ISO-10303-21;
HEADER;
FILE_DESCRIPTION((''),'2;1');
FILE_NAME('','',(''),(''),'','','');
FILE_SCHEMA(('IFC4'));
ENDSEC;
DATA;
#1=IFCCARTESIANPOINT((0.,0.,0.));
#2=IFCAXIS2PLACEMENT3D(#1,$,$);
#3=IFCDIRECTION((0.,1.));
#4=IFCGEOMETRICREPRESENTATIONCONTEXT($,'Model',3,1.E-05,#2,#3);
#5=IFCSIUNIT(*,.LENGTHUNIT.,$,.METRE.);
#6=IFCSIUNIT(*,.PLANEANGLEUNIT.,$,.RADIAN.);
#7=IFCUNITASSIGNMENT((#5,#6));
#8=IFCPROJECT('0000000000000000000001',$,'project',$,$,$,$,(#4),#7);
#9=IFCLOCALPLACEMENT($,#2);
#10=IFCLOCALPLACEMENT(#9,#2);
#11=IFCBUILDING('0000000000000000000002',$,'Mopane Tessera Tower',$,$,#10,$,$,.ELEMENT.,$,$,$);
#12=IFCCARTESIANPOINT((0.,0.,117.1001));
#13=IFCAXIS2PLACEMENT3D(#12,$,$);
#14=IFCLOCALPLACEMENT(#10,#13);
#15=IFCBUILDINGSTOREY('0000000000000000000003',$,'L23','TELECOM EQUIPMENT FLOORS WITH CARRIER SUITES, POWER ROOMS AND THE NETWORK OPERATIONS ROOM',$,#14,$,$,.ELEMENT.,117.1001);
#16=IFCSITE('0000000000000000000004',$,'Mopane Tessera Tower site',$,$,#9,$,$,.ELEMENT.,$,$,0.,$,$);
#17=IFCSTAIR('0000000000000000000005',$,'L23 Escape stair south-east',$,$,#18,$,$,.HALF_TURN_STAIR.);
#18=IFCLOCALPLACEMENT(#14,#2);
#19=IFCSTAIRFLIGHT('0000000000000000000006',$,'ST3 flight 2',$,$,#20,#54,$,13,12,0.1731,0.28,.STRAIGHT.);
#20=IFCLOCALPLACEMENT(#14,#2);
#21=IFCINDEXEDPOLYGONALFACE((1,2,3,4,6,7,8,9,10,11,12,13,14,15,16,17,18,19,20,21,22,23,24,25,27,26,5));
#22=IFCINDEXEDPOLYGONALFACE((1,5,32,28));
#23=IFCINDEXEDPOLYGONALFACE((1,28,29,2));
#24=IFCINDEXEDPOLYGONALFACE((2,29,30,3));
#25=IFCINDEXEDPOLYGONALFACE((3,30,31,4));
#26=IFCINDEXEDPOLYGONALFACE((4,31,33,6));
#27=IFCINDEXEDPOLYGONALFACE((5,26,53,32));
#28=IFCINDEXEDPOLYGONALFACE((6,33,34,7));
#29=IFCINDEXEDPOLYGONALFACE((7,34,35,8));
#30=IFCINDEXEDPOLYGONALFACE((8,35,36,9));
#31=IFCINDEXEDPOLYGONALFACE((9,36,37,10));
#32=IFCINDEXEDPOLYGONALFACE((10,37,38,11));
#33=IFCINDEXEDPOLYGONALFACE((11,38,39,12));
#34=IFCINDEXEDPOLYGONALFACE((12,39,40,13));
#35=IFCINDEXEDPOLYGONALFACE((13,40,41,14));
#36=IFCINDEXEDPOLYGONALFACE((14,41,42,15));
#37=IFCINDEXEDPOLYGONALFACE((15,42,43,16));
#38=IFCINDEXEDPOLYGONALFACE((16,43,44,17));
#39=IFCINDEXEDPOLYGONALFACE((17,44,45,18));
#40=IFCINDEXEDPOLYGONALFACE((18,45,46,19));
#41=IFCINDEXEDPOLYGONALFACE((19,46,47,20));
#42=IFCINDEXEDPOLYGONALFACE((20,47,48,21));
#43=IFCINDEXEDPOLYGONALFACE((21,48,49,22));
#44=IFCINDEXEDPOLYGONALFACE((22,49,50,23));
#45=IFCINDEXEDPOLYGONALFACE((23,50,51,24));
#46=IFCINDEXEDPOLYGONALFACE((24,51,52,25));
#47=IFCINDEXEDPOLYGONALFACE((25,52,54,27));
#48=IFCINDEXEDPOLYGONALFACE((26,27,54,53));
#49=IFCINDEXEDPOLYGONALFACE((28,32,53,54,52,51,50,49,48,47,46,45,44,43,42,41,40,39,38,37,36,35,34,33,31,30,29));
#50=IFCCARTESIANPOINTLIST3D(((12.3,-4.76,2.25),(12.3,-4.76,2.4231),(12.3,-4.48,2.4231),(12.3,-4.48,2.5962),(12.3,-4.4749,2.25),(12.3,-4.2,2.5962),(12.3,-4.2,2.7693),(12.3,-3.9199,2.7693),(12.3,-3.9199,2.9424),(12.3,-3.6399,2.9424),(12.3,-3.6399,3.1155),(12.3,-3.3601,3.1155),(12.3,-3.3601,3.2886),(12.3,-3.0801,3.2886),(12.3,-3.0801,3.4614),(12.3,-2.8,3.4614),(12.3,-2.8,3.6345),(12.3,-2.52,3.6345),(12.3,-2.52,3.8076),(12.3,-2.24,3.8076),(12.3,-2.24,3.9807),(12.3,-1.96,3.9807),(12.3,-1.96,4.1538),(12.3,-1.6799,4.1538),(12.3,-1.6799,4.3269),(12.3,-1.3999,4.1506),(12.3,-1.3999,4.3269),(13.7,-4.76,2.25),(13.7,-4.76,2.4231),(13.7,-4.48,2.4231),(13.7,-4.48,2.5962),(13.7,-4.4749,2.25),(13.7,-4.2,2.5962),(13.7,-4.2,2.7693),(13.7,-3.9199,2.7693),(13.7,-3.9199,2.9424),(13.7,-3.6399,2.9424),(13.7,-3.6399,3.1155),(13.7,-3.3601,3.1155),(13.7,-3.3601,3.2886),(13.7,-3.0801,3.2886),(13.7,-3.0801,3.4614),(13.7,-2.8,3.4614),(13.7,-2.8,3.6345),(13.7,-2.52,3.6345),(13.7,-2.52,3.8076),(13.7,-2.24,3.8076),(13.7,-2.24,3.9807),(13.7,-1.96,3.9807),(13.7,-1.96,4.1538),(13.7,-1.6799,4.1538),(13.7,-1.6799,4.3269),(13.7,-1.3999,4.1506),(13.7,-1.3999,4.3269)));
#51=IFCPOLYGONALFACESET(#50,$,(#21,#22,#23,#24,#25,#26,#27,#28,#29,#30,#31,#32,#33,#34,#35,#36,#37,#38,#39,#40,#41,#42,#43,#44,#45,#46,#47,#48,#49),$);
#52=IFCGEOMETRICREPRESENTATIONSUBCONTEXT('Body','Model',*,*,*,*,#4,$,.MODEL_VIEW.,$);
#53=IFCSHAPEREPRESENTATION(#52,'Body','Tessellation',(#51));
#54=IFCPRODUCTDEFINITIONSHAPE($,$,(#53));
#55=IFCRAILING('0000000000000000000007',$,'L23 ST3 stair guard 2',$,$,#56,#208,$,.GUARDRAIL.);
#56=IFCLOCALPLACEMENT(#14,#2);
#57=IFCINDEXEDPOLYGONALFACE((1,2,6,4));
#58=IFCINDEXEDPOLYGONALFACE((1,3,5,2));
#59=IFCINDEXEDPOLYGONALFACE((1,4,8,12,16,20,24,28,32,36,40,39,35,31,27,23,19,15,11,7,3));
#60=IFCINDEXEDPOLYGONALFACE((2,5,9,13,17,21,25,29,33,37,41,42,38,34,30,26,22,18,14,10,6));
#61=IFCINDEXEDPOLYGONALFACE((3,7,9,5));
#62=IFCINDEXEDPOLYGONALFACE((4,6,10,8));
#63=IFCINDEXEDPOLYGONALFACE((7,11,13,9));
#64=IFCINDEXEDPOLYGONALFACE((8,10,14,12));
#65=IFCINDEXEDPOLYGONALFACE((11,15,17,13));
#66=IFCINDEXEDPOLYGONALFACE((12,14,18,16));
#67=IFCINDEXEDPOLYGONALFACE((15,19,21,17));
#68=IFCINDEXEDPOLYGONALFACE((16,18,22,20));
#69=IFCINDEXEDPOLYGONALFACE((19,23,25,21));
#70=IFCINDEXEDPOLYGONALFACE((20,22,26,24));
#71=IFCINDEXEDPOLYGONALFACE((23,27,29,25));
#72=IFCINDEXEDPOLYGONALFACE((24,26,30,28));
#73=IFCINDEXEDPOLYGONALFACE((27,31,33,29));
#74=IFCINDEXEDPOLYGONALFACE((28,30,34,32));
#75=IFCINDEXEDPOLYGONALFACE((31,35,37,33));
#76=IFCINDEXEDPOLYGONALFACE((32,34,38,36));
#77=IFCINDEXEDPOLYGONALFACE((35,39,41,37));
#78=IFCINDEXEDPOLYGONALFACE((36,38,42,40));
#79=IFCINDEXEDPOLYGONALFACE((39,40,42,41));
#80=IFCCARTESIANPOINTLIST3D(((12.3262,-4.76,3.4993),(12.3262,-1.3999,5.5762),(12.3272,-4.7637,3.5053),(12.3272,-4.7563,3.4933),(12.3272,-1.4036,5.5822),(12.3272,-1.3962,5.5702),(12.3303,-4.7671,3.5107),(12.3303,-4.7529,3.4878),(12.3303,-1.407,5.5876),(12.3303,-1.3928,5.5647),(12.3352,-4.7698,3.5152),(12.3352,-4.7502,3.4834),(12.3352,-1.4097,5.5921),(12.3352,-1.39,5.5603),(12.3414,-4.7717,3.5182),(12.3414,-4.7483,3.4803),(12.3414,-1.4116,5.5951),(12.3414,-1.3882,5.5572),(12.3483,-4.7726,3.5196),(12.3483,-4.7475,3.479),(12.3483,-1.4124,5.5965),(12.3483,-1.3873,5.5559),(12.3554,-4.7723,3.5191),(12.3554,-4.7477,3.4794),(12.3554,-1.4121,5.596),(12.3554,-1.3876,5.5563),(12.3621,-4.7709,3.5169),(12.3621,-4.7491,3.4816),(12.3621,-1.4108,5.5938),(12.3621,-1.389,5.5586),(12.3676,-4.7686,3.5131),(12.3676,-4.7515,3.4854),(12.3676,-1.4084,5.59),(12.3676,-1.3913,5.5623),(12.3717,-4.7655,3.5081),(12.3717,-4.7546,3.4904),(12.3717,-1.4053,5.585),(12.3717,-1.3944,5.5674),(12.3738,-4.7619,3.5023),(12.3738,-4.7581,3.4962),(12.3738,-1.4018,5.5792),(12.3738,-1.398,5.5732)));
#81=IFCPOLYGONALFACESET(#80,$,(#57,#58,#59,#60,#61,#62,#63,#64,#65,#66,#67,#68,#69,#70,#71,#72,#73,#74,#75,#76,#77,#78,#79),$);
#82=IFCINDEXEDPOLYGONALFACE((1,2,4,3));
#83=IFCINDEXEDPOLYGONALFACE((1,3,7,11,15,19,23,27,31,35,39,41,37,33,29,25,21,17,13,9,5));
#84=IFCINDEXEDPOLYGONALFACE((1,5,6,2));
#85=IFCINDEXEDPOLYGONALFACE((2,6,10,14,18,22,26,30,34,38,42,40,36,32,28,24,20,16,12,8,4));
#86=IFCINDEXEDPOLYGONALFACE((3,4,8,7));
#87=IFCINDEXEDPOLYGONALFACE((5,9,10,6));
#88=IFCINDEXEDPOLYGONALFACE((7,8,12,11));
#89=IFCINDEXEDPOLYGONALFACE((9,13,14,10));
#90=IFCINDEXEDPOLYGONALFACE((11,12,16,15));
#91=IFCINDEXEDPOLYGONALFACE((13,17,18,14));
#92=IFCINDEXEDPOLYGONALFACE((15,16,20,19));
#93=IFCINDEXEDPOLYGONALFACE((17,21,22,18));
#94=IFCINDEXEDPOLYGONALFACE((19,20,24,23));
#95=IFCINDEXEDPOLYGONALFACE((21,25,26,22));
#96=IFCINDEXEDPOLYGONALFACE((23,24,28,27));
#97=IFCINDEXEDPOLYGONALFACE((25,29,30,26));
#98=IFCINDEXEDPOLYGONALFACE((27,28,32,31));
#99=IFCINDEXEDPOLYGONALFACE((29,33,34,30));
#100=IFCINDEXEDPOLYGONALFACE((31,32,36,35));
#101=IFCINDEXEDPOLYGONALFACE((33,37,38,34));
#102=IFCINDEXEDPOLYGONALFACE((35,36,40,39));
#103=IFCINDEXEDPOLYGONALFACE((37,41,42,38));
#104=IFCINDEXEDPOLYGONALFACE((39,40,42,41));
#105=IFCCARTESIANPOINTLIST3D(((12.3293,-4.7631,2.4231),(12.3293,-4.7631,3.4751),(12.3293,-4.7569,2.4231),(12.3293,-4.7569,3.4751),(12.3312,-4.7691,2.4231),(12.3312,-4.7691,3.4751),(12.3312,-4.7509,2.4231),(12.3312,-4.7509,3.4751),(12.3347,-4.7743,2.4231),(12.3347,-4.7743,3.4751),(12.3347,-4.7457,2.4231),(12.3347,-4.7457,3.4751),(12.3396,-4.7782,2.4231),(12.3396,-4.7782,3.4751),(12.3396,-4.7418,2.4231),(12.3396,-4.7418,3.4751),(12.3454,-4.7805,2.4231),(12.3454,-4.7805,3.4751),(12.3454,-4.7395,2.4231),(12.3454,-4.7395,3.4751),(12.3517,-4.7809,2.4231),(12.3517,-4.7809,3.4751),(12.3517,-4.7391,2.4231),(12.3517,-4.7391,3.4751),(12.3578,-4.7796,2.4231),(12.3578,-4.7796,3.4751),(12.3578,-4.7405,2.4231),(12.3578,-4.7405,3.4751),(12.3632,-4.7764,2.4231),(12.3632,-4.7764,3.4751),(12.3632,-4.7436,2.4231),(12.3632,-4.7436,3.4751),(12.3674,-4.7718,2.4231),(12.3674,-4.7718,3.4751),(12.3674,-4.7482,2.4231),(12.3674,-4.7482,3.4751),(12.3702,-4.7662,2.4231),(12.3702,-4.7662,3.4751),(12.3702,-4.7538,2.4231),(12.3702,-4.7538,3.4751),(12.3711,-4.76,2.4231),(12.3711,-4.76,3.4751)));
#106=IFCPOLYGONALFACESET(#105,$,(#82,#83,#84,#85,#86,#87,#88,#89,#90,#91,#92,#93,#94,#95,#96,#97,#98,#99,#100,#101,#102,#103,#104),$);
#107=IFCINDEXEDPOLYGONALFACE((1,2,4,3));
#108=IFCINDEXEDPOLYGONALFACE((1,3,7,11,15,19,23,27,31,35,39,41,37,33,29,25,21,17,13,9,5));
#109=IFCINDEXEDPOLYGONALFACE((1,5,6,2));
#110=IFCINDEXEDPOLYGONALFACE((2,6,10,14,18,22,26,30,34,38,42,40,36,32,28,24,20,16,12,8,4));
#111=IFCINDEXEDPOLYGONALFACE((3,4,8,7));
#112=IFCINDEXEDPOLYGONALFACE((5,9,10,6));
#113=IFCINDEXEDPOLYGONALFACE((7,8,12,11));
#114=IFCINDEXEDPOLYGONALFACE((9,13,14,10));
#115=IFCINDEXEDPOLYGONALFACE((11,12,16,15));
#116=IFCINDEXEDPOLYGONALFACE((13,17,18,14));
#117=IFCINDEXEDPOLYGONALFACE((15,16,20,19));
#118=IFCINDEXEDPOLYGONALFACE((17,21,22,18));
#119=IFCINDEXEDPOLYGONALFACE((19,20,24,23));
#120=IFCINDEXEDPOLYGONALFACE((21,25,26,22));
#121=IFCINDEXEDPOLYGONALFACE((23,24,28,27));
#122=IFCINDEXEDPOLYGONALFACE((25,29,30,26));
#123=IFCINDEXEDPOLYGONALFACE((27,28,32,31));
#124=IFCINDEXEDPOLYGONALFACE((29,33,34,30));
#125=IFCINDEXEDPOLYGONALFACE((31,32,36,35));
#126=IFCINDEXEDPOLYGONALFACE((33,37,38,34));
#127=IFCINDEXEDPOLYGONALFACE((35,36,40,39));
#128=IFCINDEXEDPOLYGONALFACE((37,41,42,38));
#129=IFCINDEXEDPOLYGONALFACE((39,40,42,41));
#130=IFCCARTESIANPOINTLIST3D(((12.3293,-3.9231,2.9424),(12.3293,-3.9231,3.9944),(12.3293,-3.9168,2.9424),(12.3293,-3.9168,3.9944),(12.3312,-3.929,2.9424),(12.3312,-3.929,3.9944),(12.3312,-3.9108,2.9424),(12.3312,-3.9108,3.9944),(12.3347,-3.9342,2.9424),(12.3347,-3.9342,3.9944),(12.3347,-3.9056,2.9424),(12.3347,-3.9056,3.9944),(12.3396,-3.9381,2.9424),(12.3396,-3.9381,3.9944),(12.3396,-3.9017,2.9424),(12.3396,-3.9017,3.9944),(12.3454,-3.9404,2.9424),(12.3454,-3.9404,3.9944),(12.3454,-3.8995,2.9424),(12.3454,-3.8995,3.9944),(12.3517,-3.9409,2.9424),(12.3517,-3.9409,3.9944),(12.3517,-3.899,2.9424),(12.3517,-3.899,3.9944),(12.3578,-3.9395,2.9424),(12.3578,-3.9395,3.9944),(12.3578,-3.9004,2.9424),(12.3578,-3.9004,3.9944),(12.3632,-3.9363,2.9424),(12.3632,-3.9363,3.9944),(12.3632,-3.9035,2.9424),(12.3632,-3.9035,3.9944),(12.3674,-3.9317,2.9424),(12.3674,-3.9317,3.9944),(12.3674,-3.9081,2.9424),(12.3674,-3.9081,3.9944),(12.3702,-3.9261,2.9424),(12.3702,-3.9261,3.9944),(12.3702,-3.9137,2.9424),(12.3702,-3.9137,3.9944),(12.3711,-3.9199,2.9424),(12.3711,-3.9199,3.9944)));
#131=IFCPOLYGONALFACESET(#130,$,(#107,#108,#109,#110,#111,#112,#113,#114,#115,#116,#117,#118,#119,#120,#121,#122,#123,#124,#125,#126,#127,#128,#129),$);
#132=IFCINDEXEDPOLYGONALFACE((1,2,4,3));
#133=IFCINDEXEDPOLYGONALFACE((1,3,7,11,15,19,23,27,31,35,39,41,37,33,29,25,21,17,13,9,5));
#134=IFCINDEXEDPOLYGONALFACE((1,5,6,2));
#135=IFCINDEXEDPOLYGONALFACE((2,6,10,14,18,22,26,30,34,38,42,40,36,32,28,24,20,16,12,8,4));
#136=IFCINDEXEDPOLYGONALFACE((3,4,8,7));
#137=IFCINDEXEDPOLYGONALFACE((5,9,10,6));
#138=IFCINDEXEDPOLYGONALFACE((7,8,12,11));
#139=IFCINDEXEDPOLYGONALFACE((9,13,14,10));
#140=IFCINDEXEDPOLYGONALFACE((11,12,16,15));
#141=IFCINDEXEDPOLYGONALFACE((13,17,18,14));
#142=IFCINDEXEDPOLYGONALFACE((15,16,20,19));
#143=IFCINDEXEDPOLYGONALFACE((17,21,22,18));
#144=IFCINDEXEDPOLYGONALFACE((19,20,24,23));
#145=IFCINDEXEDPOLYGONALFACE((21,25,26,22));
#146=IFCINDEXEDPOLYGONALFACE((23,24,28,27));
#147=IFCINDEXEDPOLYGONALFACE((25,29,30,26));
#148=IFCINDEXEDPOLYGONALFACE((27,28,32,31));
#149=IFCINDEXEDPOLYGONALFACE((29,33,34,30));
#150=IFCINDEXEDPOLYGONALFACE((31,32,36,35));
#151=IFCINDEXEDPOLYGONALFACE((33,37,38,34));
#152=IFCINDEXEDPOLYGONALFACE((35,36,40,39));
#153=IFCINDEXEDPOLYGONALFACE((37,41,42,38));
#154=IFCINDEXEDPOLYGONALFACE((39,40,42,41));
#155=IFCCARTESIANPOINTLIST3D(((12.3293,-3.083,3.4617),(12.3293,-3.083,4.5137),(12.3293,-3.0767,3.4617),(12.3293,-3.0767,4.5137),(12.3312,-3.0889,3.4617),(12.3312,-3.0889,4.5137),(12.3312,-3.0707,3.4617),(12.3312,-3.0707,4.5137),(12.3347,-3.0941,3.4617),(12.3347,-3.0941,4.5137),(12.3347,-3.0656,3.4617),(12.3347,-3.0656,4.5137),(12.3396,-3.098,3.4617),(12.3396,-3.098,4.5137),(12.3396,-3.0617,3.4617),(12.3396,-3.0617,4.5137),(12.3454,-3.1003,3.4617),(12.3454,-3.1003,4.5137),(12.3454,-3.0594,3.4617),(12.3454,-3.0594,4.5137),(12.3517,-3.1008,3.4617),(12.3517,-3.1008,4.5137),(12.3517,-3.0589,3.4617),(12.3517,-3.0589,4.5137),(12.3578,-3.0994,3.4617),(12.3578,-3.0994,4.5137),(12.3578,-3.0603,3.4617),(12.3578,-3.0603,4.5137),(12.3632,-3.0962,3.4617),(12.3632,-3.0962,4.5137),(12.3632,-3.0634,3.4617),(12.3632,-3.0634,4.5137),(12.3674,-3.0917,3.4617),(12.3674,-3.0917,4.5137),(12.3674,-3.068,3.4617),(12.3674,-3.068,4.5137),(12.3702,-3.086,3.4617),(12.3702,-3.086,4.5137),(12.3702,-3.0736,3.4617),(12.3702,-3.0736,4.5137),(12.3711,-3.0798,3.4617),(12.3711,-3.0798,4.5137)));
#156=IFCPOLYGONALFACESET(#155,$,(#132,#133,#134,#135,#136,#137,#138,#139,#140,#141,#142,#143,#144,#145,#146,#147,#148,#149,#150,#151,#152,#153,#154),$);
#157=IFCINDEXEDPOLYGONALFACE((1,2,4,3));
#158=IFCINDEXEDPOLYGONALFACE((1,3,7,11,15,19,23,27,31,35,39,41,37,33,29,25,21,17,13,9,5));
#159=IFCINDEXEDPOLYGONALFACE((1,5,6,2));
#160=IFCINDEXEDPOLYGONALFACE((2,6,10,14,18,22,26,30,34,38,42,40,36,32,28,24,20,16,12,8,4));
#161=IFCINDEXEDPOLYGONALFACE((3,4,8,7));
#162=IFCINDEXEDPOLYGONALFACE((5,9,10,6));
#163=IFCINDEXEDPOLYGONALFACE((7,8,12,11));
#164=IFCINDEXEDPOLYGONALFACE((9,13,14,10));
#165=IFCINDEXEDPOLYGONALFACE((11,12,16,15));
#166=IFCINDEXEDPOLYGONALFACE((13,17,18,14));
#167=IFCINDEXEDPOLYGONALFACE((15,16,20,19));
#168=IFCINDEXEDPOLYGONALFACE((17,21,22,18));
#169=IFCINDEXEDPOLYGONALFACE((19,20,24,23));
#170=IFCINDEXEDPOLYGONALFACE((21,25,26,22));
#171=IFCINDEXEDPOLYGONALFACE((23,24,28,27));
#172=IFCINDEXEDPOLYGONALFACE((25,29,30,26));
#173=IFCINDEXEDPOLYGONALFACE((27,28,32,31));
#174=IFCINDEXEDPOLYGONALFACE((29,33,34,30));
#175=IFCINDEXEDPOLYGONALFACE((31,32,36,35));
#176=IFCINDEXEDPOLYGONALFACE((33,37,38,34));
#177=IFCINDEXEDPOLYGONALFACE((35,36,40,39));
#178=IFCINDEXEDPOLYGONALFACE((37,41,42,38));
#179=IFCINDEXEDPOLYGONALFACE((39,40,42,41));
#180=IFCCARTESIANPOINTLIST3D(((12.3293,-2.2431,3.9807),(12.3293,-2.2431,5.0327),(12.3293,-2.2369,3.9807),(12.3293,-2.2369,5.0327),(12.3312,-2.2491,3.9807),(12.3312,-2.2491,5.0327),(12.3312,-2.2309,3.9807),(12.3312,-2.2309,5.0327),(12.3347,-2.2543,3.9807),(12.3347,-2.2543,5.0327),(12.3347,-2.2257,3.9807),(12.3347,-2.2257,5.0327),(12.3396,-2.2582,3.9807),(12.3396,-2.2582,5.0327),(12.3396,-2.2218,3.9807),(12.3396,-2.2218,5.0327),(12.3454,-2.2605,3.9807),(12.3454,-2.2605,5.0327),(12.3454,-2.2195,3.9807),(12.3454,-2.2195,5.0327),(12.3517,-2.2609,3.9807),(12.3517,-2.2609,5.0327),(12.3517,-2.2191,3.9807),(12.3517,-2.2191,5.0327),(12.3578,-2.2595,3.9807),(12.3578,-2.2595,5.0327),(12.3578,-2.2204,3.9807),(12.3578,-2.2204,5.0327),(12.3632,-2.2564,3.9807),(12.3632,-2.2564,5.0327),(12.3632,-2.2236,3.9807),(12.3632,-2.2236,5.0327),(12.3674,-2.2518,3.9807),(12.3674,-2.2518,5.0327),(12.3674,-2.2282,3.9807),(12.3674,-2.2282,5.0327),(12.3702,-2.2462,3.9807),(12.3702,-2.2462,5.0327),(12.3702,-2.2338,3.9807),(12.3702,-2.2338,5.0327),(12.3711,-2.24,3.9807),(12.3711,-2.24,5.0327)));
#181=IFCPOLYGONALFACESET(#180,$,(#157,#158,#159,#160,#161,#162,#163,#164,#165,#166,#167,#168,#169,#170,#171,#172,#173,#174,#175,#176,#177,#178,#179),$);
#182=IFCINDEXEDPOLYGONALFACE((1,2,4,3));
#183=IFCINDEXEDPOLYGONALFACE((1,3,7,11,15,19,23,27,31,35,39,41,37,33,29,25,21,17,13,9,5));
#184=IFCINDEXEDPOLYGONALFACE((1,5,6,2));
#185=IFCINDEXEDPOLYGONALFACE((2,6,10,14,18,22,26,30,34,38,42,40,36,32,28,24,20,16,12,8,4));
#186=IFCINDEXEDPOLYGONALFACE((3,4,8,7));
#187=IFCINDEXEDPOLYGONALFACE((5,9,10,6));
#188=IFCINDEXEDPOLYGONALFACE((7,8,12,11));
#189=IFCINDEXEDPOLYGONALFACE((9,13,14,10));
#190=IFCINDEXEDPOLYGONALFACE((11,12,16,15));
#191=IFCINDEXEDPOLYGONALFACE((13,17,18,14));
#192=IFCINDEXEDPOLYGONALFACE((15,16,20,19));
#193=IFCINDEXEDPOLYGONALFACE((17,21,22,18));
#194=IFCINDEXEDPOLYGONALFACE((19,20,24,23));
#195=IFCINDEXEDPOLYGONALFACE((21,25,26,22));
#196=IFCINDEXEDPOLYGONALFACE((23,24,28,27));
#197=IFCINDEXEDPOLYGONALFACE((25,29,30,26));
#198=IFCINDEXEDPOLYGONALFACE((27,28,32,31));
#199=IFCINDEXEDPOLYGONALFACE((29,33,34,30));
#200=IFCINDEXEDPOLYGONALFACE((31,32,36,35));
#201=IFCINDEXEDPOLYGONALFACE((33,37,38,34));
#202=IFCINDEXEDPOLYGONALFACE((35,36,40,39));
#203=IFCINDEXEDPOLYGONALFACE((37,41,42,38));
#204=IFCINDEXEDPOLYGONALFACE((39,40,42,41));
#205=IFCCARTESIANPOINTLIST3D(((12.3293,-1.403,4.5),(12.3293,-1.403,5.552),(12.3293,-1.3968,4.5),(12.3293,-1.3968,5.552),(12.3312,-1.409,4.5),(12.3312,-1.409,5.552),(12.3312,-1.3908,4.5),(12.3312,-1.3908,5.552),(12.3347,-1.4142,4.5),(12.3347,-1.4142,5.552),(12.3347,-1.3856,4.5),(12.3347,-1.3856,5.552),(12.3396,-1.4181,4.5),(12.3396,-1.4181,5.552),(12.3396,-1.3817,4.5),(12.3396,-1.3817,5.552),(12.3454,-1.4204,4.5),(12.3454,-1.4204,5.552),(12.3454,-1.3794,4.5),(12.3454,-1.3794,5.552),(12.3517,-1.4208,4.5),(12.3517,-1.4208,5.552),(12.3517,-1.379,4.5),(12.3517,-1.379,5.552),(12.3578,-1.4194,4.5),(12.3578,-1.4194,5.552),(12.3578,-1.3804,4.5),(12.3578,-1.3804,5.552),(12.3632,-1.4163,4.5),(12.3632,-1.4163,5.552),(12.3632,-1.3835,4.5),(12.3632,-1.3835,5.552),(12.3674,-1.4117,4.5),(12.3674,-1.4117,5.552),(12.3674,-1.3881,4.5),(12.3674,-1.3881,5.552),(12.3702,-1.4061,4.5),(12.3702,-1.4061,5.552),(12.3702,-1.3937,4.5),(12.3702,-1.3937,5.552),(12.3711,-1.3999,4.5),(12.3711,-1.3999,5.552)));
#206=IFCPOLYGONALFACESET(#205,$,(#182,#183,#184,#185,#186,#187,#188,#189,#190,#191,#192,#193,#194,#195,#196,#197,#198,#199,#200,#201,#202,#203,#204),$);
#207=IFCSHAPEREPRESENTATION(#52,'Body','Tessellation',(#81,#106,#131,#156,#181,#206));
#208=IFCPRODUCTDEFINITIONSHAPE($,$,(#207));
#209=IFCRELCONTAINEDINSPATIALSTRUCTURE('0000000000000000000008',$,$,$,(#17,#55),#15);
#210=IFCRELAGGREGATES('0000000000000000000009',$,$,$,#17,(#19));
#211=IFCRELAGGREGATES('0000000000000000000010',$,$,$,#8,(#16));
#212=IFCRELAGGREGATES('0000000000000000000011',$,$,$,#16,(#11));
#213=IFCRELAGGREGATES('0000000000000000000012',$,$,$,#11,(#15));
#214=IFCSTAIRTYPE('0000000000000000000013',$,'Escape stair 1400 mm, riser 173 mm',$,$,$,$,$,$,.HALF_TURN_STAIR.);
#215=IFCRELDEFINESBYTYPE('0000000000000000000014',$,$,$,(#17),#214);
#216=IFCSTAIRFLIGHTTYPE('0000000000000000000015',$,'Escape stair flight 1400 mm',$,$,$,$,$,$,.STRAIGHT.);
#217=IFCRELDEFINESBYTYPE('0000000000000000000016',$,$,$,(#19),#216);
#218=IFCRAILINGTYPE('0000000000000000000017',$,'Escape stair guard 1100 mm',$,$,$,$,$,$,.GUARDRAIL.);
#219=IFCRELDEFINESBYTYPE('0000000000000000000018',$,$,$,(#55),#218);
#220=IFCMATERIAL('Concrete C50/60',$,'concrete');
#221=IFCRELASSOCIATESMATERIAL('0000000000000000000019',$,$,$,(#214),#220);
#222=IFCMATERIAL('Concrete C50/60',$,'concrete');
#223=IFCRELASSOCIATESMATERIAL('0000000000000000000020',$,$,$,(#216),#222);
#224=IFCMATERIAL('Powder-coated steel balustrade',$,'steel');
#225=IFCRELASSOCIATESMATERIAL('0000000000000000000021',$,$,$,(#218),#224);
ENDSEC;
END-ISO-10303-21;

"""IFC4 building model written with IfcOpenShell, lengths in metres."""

from ifc_helpers import new_model, si_unit, direction, frame, origin, origin_2d, place, context, subcontext, project, spatial, polyline, circle, outline, extrude, material, type_object, element, aggregate, save


model = new_model("IFC4")

# Units and contexts
model_context = context("Model", 3, precision=1e-05, world=origin(), true_north=direction((0.0, 1.0)))
body_context = subcontext(model_context, "Body", "Model", "MODEL_VIEW")
ifc_project = project(units=[si_unit("LENGTHUNIT", "METRE"), si_unit("PLANEANGLEUNIT", "RADIAN")], contexts=[model_context])

# Site, building, storey
site_placement = place(None, origin())
site = spatial("IfcSite", under=ifc_project, at=site_placement, Name="Mopane Tessera Tower site", CompositionType="ELEMENT", RefElevation=0.0)
building_placement = place(site_placement, origin())
building = spatial("IfcBuilding", under=site, at=building_placement, Name="Mopane Tessera Tower", CompositionType="ELEMENT")
storey_placement = place(building_placement, frame((0.0, 0.0, 117.1001)))
storey = spatial("IfcBuildingStorey", under=building, at=storey_placement, Name="L23", Description="TELECOM EQUIPMENT FLOORS WITH CARRIER SUITES, POWER ROOMS AND THE NETWORK OPERATIONS ROOM", CompositionType="ELEMENT", Elevation=117.1001)

# Stair, stair flight
ifc_material_1 = material(Name="Concrete C50/60", Category="concrete")
stair_type = type_object("IfcStairType", Name="Escape stair 1400 mm, riser 173 mm", PredefinedType="HALF_TURN_STAIR", material=ifc_material_1)
stair_placement = place(storey_placement, origin())
stair = element("IfcStair", 1, at=stair_placement, inside=storey, type_object=stair_type, Name="L23 Escape stair south-east", PredefinedType="HALF_TURN_STAIR")
ifc_material_2 = material(Name="Concrete C50/60", Category="concrete")
stair_flight_type = type_object("IfcStairFlightType", Name="Escape stair flight 1400 mm", PredefinedType="STRAIGHT", material=ifc_material_2)
stair_flight_placement = place(storey_placement, frame((13.0, -4.76, 2.25), z_axis=(0.0, 0.0, 1.0), x_axis=(0.0, 1.0, 0.0)))
stair_flight = element("IfcStairFlight", 2, at=stair_flight_placement, type_object=stair_flight_type, Name="ST3 flight 2", NumberOfRisers=13, NumberOfTreads=12, PredefinedType="STRAIGHT", RiserHeight=0.1731, TreadLength=0.28, context=body_context, shape_type="SweptSolid", body=[
    extrude(outline(polyline([(0.0, 0.0), (0.0, 0.1731), (0.28, 0.1731), (0.28, 0.3462), (0.5601, 0.3462), (0.5601, 0.5193), (0.8401, 0.5193), (0.8401, 0.6924), (1.1201, 0.6924), (1.1201, 0.8655), (1.3999, 0.8655), (1.3999, 1.0386), (1.6799, 1.0386), (1.6799, 1.2114), (1.96, 1.2114), (1.96, 1.3845), (2.24, 1.3845), (2.24, 1.5576), (2.52, 1.5576), (2.52, 1.7307), (2.8, 1.7307), (2.8, 1.9038), (3.0801, 1.9038), (3.0801, 2.0769), (3.3601, 2.0769), (3.3601, 2.25), (3.3601, 1.9006), (0.2852, 0.0), (0.0, 0.0)])), frame((0.0, 0.7, 0.0), z_axis=(0.0, -1.0, 0.0), x_axis=(1.0, 0.0, 0.0)), (0.0, 0.0, 1.0), 1.3999),
])
aggregate(stair, [stair_flight])

# Railing
ifc_material_3 = material(Name="Powder-coated steel balustrade", Category="steel")
railing_type_1 = type_object("IfcRailingType", Name="Escape stair guard 1100 mm", PredefinedType="GUARDRAIL", material=ifc_material_3)
railing_1_placement = place(storey_placement, frame((12.3501, -4.76, 2.4231)))
element("IfcRailing", 3, at=railing_1_placement, inside=storey, type_object=railing_type_1, Name="L23 ST3 stair guard 2", PredefinedType="GUARDRAIL", context=body_context, shape_type="SweptSolid", body=[
    extrude(circle(Radius=0.0239, at=origin_2d()), frame((0.0, 0.0, 1.0762), z_axis=(0.0, 0.850623, 0.525776), x_axis=(-1.0, 0.0, 0.0)), (0.0, 0.0, 1.0), 3.9502),
    extrude(circle(Radius=0.021, at=origin_2d()), origin(), (0.0, 0.0, 1.0), 1.052),
    extrude(circle(Radius=0.021, at=origin_2d()), frame((0.0, 0.8401, 0.5193)), (0.0, 0.0, 1.0), 1.052),
    extrude(circle(Radius=0.021, at=origin_2d()), frame((0.0, 1.6802, 1.0386)), (0.0, 0.0, 1.0), 1.052),
    extrude(circle(Radius=0.021, at=origin_2d()), frame((0.0, 2.52, 1.5576)), (0.0, 0.0, 1.0), 1.052),
    extrude(circle(Radius=0.021, at=origin_2d()), frame((0.0, 3.3601, 2.0769)), (0.0, 0.0, 1.0), 1.052),
])

save(model, "model.ifc")
